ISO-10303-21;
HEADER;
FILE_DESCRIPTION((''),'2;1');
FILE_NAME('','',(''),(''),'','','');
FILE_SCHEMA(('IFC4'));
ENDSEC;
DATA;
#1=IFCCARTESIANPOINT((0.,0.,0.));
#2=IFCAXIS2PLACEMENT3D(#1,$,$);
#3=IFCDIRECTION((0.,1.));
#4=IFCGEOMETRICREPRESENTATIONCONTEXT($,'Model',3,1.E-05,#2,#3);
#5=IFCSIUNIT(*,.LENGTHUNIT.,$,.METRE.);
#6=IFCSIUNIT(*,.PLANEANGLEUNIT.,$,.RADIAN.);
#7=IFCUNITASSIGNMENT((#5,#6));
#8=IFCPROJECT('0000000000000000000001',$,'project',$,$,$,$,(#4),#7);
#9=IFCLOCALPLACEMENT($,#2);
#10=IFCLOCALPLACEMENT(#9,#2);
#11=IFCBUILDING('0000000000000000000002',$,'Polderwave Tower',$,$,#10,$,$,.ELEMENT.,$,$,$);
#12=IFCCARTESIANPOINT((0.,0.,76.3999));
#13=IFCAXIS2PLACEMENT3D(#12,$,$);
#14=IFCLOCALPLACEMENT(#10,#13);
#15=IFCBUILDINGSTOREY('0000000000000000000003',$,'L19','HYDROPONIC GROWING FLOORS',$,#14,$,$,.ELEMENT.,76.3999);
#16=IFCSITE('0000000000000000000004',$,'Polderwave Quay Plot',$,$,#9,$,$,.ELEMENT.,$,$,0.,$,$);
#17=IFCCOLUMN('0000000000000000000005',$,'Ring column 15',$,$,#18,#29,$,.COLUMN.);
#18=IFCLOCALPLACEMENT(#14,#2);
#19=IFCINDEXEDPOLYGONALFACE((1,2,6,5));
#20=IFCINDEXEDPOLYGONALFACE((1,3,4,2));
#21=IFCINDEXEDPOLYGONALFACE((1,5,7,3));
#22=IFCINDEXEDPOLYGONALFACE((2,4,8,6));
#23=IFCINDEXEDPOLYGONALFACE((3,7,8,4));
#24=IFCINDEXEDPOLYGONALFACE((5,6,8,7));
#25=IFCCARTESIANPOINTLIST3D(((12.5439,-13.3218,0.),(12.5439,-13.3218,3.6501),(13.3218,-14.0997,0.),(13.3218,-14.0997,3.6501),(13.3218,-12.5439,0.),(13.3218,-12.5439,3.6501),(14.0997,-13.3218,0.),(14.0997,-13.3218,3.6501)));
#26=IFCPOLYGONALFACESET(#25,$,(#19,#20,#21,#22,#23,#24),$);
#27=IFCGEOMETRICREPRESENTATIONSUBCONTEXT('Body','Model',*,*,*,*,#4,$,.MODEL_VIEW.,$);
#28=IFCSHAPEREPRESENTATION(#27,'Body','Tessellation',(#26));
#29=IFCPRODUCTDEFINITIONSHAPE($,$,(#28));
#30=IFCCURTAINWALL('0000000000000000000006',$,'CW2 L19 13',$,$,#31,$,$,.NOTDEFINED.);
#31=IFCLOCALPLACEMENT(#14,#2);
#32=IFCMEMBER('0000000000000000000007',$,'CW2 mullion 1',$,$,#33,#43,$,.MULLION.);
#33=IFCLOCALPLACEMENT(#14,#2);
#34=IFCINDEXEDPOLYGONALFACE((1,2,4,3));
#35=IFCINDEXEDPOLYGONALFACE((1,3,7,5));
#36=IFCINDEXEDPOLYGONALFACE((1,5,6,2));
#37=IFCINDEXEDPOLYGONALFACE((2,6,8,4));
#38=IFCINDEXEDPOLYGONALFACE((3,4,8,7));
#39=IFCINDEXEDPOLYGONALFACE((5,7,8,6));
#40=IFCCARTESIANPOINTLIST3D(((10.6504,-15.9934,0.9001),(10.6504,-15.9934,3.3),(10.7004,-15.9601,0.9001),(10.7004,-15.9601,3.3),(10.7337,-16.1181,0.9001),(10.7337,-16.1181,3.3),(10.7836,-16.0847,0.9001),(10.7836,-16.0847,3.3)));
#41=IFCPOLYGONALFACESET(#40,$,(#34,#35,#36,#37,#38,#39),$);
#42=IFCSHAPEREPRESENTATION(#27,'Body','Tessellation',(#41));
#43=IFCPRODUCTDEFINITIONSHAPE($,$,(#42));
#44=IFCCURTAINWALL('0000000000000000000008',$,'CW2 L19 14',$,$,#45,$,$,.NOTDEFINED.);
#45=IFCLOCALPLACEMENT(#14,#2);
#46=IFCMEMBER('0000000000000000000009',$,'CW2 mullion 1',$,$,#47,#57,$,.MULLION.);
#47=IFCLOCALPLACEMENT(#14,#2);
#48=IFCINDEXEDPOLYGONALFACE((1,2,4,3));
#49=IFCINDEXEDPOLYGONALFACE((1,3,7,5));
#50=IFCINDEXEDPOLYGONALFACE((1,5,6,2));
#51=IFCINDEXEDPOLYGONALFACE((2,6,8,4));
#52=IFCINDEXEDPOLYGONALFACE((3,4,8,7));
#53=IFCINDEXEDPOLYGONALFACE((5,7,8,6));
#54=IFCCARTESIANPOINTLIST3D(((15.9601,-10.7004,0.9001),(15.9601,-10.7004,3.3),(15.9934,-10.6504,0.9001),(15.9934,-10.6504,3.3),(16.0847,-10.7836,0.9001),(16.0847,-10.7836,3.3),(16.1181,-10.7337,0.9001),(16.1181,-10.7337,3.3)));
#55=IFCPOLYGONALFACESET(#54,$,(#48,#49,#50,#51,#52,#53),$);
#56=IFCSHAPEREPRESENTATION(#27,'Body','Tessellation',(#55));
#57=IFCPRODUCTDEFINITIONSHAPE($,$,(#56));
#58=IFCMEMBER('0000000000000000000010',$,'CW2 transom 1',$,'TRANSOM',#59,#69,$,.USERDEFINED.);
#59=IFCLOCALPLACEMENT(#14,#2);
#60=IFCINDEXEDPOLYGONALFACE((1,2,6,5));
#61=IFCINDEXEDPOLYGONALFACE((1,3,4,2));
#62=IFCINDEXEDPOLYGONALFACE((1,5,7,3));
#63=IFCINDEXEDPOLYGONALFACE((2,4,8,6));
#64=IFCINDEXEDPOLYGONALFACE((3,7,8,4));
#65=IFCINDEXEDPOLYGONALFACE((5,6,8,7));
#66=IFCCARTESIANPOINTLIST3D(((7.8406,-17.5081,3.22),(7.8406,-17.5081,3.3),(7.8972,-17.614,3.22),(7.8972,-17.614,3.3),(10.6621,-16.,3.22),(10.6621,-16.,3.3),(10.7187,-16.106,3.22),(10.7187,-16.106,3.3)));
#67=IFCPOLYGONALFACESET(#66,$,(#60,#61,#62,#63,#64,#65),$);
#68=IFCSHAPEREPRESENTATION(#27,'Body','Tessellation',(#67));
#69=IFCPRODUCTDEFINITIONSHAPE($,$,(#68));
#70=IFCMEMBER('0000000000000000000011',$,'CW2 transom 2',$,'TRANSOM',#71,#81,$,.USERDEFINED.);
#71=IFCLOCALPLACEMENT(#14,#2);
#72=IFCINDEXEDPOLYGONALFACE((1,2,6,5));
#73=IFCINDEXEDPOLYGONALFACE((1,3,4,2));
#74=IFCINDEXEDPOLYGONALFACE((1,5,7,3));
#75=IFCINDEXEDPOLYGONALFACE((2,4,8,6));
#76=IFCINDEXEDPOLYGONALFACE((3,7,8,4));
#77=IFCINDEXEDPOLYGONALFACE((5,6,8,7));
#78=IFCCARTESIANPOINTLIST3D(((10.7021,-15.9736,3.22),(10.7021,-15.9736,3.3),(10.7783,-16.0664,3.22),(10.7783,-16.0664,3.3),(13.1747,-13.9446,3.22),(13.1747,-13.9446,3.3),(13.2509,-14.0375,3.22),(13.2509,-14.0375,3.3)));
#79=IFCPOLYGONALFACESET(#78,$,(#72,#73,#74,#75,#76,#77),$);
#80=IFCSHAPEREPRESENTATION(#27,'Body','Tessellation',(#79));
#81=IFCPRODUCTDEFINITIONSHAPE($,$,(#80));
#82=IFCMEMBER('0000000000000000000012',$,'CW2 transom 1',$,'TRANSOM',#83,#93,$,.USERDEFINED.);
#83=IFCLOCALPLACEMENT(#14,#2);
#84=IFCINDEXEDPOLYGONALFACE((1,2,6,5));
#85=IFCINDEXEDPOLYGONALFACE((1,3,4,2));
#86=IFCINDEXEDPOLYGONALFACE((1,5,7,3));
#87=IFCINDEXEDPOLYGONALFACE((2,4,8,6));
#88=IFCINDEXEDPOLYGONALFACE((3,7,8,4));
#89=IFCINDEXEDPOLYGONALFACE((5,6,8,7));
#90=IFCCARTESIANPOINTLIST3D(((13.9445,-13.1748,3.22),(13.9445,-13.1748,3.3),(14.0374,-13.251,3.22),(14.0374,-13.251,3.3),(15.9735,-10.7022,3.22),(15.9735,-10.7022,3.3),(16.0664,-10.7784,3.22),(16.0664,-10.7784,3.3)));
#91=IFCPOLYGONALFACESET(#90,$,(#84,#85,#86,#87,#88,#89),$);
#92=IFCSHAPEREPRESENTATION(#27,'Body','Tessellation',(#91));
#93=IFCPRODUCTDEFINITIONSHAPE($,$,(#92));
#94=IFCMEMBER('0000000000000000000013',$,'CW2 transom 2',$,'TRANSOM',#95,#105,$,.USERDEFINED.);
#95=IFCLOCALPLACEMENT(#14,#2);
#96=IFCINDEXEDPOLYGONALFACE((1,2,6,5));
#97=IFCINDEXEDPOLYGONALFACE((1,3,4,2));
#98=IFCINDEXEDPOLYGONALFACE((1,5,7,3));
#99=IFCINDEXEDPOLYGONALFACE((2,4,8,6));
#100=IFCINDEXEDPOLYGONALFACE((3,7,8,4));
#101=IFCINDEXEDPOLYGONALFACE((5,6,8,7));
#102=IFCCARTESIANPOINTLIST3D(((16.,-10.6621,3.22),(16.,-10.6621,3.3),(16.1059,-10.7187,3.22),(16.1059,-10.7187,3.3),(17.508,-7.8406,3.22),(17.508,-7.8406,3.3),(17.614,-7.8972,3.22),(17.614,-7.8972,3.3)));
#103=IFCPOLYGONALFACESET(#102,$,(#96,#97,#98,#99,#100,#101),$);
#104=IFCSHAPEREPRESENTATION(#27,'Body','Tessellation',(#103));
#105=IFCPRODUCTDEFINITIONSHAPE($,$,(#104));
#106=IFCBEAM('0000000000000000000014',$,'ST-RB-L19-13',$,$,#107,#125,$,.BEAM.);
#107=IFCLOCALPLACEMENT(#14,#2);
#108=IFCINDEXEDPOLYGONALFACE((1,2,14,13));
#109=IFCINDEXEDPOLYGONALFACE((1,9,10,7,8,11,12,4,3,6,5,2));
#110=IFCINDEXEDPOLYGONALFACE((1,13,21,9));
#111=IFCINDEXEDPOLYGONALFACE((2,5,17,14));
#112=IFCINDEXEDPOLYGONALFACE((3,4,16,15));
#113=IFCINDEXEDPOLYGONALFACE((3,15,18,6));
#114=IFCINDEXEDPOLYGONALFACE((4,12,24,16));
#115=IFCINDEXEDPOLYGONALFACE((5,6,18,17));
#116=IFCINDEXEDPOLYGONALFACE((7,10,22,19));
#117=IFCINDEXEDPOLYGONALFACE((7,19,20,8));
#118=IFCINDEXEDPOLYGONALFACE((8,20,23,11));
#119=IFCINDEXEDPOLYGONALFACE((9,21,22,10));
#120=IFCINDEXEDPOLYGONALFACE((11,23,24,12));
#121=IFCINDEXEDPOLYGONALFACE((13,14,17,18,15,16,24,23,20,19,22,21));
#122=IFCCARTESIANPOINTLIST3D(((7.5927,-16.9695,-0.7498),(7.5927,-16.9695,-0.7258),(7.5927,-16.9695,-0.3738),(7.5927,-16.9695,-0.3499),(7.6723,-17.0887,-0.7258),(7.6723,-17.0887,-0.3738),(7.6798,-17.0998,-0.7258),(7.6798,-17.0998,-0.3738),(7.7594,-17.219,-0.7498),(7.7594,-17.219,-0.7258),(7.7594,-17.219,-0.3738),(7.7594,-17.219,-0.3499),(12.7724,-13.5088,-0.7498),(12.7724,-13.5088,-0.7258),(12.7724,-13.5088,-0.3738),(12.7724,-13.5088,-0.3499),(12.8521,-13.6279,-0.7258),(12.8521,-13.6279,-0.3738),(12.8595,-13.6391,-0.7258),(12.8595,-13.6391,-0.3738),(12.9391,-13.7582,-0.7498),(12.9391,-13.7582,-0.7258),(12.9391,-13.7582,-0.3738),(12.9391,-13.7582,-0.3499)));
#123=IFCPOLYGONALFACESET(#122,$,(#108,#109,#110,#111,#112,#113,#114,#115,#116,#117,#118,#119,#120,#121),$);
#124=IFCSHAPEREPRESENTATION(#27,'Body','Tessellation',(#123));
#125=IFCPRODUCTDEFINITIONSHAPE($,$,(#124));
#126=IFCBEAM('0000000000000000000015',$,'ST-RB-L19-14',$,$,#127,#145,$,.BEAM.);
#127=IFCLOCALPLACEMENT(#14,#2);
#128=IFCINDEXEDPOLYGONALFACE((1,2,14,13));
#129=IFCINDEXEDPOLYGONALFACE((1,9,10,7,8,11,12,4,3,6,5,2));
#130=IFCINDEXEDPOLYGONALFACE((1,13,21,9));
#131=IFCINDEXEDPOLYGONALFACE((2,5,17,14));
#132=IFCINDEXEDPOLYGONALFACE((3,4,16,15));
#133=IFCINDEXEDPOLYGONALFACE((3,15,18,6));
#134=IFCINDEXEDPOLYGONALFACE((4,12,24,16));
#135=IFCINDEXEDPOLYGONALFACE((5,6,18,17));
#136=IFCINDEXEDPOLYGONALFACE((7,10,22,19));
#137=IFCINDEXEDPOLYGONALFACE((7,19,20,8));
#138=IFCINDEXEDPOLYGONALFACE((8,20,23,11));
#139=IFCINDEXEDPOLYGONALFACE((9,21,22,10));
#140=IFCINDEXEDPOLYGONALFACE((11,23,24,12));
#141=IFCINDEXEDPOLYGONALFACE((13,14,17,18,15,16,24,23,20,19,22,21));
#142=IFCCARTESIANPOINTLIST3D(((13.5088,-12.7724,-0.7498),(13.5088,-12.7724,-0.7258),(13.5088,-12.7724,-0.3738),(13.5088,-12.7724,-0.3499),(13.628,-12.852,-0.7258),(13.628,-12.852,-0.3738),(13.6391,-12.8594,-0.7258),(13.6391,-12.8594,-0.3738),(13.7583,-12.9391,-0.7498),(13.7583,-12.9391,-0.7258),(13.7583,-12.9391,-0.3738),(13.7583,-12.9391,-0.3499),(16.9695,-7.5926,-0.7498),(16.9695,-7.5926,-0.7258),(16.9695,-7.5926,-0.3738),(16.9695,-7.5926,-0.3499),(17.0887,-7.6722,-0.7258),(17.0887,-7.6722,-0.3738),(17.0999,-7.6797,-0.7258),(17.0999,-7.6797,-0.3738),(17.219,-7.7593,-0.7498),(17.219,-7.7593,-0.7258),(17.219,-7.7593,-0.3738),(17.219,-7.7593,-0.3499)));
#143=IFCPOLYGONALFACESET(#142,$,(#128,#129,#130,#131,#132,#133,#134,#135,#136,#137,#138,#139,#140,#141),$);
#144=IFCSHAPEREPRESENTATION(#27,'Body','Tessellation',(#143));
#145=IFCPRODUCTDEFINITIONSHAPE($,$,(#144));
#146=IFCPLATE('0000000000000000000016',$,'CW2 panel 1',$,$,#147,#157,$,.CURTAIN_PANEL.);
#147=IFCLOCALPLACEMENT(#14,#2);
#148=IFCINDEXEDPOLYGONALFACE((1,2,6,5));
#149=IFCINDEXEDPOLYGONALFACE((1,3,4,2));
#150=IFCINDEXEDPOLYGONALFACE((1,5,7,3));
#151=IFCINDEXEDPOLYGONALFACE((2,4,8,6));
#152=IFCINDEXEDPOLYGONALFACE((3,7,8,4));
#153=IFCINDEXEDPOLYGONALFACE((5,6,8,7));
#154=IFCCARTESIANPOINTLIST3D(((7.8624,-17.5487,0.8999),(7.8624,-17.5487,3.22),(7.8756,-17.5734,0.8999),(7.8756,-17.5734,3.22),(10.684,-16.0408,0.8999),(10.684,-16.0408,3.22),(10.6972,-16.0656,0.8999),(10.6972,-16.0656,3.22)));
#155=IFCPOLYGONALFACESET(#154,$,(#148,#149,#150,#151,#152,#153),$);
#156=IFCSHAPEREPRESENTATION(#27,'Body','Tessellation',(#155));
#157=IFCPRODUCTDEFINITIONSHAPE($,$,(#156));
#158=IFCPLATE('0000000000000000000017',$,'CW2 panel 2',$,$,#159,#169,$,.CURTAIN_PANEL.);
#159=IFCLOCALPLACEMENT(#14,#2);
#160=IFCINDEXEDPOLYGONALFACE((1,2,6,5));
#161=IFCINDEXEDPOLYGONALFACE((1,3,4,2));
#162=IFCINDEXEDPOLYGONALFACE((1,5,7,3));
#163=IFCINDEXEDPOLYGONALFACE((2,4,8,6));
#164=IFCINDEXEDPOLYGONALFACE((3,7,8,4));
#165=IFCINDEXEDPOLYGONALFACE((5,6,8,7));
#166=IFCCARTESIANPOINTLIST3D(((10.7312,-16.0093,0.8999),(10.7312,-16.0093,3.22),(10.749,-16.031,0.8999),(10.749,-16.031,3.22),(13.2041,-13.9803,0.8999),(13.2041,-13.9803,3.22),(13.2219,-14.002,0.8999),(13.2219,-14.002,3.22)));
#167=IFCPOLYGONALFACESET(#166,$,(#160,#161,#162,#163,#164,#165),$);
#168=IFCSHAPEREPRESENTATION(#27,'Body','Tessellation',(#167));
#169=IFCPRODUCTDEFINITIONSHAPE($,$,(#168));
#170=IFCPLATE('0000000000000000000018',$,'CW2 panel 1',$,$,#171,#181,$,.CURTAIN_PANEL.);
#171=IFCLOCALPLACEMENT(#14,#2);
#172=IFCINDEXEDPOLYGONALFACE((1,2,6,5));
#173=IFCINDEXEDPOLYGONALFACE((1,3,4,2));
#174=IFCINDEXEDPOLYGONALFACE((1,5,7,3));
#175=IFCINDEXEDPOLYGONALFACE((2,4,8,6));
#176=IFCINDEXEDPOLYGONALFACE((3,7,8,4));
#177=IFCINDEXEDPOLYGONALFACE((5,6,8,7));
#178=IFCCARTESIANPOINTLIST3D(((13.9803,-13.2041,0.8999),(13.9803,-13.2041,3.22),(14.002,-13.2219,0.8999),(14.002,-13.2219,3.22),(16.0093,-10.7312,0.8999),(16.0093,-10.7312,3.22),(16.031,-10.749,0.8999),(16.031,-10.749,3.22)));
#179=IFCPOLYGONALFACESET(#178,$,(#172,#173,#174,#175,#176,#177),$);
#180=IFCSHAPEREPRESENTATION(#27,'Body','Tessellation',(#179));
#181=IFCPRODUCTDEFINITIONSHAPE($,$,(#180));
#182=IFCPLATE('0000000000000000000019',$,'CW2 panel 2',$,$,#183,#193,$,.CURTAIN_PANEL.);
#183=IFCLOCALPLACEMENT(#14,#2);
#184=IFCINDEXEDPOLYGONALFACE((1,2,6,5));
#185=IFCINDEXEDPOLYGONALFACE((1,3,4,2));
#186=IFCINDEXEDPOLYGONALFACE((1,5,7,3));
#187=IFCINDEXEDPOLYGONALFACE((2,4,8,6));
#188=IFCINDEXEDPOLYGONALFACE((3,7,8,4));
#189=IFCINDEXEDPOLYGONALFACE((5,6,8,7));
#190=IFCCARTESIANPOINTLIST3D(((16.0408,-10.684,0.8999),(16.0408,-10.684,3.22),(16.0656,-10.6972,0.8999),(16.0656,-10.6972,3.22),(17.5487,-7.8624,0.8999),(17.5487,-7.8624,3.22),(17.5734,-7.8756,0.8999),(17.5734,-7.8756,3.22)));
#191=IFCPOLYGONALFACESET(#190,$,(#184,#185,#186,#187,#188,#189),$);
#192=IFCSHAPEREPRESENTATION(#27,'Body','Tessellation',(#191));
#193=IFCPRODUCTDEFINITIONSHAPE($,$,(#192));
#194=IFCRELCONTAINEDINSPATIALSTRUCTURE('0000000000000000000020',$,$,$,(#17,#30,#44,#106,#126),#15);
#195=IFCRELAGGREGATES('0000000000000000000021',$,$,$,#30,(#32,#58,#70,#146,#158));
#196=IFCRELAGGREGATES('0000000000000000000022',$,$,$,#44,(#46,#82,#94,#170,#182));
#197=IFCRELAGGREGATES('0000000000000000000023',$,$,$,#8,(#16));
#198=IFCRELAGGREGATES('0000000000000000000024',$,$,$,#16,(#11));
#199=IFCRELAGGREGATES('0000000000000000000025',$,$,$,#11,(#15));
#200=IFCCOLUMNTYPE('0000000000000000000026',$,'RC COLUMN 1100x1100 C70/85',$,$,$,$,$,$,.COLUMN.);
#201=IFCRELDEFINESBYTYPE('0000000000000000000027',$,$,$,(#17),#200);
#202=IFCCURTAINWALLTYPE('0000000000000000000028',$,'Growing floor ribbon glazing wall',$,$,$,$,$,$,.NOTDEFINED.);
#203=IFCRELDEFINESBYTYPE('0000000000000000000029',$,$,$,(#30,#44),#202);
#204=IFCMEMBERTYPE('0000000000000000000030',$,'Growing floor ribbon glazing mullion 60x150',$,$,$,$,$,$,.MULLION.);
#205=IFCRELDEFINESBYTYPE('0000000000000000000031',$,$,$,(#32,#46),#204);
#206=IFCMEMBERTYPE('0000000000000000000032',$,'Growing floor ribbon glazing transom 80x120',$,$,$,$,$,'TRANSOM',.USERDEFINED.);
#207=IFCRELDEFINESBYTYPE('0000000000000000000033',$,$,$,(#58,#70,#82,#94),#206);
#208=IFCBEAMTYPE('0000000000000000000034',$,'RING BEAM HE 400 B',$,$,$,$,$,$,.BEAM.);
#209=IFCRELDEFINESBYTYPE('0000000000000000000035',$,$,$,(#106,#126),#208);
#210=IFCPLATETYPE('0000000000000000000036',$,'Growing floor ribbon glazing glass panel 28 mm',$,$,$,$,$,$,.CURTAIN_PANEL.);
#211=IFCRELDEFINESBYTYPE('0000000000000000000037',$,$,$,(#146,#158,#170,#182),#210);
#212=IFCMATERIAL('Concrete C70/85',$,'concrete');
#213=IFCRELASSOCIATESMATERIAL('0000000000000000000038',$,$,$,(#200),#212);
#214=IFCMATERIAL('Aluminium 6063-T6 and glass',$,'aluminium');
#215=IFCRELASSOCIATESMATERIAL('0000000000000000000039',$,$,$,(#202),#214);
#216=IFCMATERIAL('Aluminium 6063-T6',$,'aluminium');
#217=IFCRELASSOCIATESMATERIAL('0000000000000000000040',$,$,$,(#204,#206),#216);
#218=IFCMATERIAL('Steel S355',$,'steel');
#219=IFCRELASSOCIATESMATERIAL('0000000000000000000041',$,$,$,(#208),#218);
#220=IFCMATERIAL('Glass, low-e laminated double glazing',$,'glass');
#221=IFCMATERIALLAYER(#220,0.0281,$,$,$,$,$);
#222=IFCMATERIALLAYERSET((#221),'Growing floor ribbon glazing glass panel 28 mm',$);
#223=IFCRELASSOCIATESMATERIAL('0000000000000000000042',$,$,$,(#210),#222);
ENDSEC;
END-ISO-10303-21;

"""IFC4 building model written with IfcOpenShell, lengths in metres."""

from ifc_helpers import new_model, si_unit, direction, frame, origin, origin_2d, place, context, subcontext, project, spatial, rectangle, i_section, extrude, material, layer, layer_set, material_profile, profile_set, type_object, element, aggregate, save


model = new_model("IFC4")

# Units and contexts
model_context = context("Model", 3, precision=1e-05, world=origin(), true_north=direction((0.0, 1.0)))
body_context = subcontext(model_context, "Body", "Model", "MODEL_VIEW")
ifc_project = project(units=[si_unit("LENGTHUNIT", "METRE"), si_unit("PLANEANGLEUNIT", "RADIAN")], contexts=[model_context])

# Site, building, storey
site_placement = place(None, origin())
site = spatial("IfcSite", under=ifc_project, at=site_placement, Name="Polderwave Quay Plot", CompositionType="ELEMENT", RefElevation=0.0)
building_placement = place(site_placement, origin())
building = spatial("IfcBuilding", under=site, at=building_placement, Name="Polderwave Tower", CompositionType="ELEMENT")
storey_placement = place(building_placement, frame((0.0, 0.0, 76.3999)))
storey = spatial("IfcBuildingStorey", under=building, at=storey_placement, Name="L19", Description="HYDROPONIC GROWING FLOORS", CompositionType="ELEMENT", Elevation=76.3999)

# Column
ifc_material_1 = material(Name="Concrete C70/85", Category="concrete")
ifc_material_profile_1 = material_profile(ifc_material_1, rectangle(XDim=1.1001, YDim=1.1001, at=origin_2d()), Name="RC 1100x1100")
ifc_profile_set_1 = profile_set([ifc_material_profile_1], Name="Concrete C70/85")
column_type = type_object("IfcColumnType", Name="RC COLUMN 1100x1100 C70/85", PredefinedType="COLUMN", material=ifc_profile_set_1)
column_placement = place(storey_placement, frame((13.3218, -13.3218, 0.0), z_axis=(0.0, 0.0, 1.0), x_axis=(0.707107, -0.707107, 0.0)))
element("IfcColumn", 1, at=column_placement, inside=storey, type_object=column_type, Name="Ring column 15", PredefinedType="COLUMN", context=body_context, shape_type="SweptSolid", body=[
    extrude(rectangle(XDim=1.1001, YDim=1.1001, at=origin_2d()), origin(), (0.0, 0.0, 1.0), 3.6501),
])

# Curtain walls, members
ifc_material_2 = material(Name="Aluminium 6063-T6 and glass", Category="aluminium")
curtain_wall_type = type_object("IfcCurtainWallType", Name="Growing floor ribbon glazing wall", PredefinedType="NOTDEFINED", material=ifc_material_2)
curtain_wall_1_placement = place(storey_placement, origin())
curtain_wall_1 = element("IfcCurtainWall", 2, at=curtain_wall_1_placement, inside=storey, type_object=curtain_wall_type, Name="CW2 L19 13", PredefinedType="NOTDEFINED")
ifc_material_3 = material(Name="Aluminium 6063-T6", Category="aluminium")
ifc_material_profile_2 = material_profile(ifc_material_3, rectangle(XDim=0.1499, YDim=0.0601, at=origin_2d()), Name="AL 60x150")
ifc_profile_set_2 = profile_set([ifc_material_profile_2], Name="Aluminium 6063-T6")
member_type_1 = type_object("IfcMemberType", Name="Growing floor ribbon glazing mullion 60x150", PredefinedType="MULLION", material=ifc_profile_set_2)
member_1_placement = place(storey_placement, frame((10.717, -16.0391, 0.9001), z_axis=(0.0, 0.0, 1.0), x_axis=(-0.555496, 0.831519, 0.0)))
member_1 = element("IfcMember", 3, at=member_1_placement, type_object=member_type_1, Name="CW2 mullion 1", PredefinedType="MULLION", context=body_context, shape_type="SweptSolid", body=[
    extrude(rectangle(XDim=0.1499, YDim=0.0601, at=origin_2d()), origin(), (0.0, 0.0, 1.0), 2.3999),
])
curtain_wall_2_placement = place(storey_placement, origin())
curtain_wall_2 = element("IfcCurtainWall", 4, at=curtain_wall_2_placement, inside=storey, type_object=curtain_wall_type, Name="CW2 L19 14", PredefinedType="NOTDEFINED")
member_2_placement = place(storey_placement, frame((16.0391, -10.717, 0.9001), z_axis=(0.0, 0.0, 1.0), x_axis=(-0.831519, 0.555496, 0.0)))
member_2 = element("IfcMember", 5, at=member_2_placement, type_object=member_type_1, Name="CW2 mullion 1", PredefinedType="MULLION", context=body_context, shape_type="SweptSolid", body=[
    extrude(rectangle(XDim=0.1499, YDim=0.0601, at=origin_2d()), origin(), (0.0, 0.0, 1.0), 2.3999),
])

# Members
ifc_material_profile_3 = material_profile(ifc_material_3, rectangle(XDim=0.1201, YDim=0.0801, at=origin_2d()), Name="AL 80x120")
ifc_profile_set_3 = profile_set([ifc_material_profile_3], Name="Aluminium 6063-T6")
member_type_2 = type_object("IfcMemberType", Name="Growing floor ribbon glazing transom 80x120", ElementType="TRANSOM", PredefinedType="USERDEFINED", material=ifc_profile_set_3)
member_3_placement = place(storey_placement, frame((7.8689, -17.561, 3.26), z_axis=(0.881932, 0.471376, 0.0), x_axis=(-0.471376, 0.881932, 0.0)))
member_3 = element("IfcMember", 6, at=member_3_placement, type_object=member_type_2, Name="CW2 transom 1", ObjectType="TRANSOM", PredefinedType="USERDEFINED", context=body_context, shape_type="SweptSolid", body=[
    extrude(rectangle(XDim=0.1201, YDim=0.0801, at=origin_2d()), origin(), (0.0, 0.0, 1.0), 3.1992),
])
member_4_placement = place(storey_placement, frame((10.7402, -16.02, 3.26), z_axis=(0.773042, 0.634355, 0.0), x_axis=(-0.634355, 0.773042, 0.0)))
member_4 = element("IfcMember", 7, at=member_4_placement, type_object=member_type_2, Name="CW2 transom 2", ObjectType="TRANSOM", PredefinedType="USERDEFINED", context=body_context, shape_type="SweptSolid", body=[
    extrude(rectangle(XDim=0.1201, YDim=0.0801, at=origin_2d()), origin(), (0.0, 0.0, 1.0), 3.1985),
])
member_5_placement = place(storey_placement, frame((13.991, -13.2129, 3.26), z_axis=(0.634355, 0.773042, 0.0), x_axis=(-0.773042, 0.634355, 0.0)))
member_5 = element("IfcMember", 8, at=member_5_placement, type_object=member_type_2, Name="CW2 transom 1", ObjectType="TRANSOM", PredefinedType="USERDEFINED", context=body_context, shape_type="SweptSolid", body=[
    extrude(rectangle(XDim=0.1201, YDim=0.0801, at=origin_2d()), origin(), (0.0, 0.0, 1.0), 3.1985),
])
member_6_placement = place(storey_placement, frame((16.053, -10.6904, 3.26), z_axis=(0.471376, 0.881932, 0.0), x_axis=(-0.881932, 0.471376, 0.0)))
member_6 = element("IfcMember", 9, at=member_6_placement, type_object=member_type_2, Name="CW2 transom 2", ObjectType="TRANSOM", PredefinedType="USERDEFINED", context=body_context, shape_type="SweptSolid", body=[
    extrude(rectangle(XDim=0.1201, YDim=0.0801, at=origin_2d()), origin(), (0.0, 0.0, 1.0), 3.1992),
])

# Beams
ifc_material_4 = material(Name="Steel S355", Category="steel")
ifc_material_profile_4 = material_profile(ifc_material_4, i_section(OverallWidth=0.3, OverallDepth=0.3999, WebThickness=0.0134, FlangeThickness=0.0239, at=origin_2d()), Name="HE 400 B")
ifc_profile_set_4 = profile_set([ifc_material_profile_4], Name="Steel S355")
beam_type = type_object("IfcBeamType", Name="RING BEAM HE 400 B", PredefinedType="BEAM", material=ifc_profile_set_4)
for number, where, z_axis, x_axis, name in (
    (10, (7.676, -17.0942, -0.5498), (0.831489, 0.555541, 0.0), (-0.555541, 0.831489, 0.0), "ST-RB-L19-13"),
    (11, (13.6335, -12.8557, -0.5498), (0.555541, 0.831489, 0.0), (-0.831489, 0.555541, 0.0), "ST-RB-L19-14"),
):
    element("IfcBeam", number, at=place(storey_placement, frame(where, z_axis=z_axis, x_axis=x_axis)), inside=storey, type_object=beam_type, Name=name, PredefinedType="BEAM", context=body_context, shape_type="SweptSolid", body=[
        extrude(i_section(OverallWidth=0.3, OverallDepth=0.3999, WebThickness=0.0134, FlangeThickness=0.0239, at=origin_2d()), origin(), (0.0, 0.0, 1.0), 6.2295),
    ])

# Plates
ifc_material_5 = material(Name="Glass, low-e laminated double glazing", Category="glass")
ifc_layer_1 = layer(ifc_material_5, 0.0281)
ifc_layer_set_1 = layer_set([ifc_layer_1], Name="Growing floor ribbon glazing glass panel 28 mm")
plate_type = type_object("IfcPlateType", Name="Growing floor ribbon glazing glass panel 28 mm", PredefinedType="CURTAIN_PANEL", material=ifc_layer_set_1)
plate_1_placement = place(storey_placement, frame((9.2798, -16.8071, 0.8999), z_axis=(0.0, 0.0, 1.0), x_axis=(0.881958, 0.471327, 0.0)))
plate_1 = element("IfcPlate", 12, at=plate_1_placement, type_object=plate_type, Name="CW2 panel 1", PredefinedType="CURTAIN_PANEL", context=body_context, shape_type="SweptSolid", body=[
    extrude(rectangle(XDim=3.1992, YDim=0.0281, at=origin_2d()), origin(), (0.0, 0.0, 1.0), 2.3201),
])
plate_2_placement = place(storey_placement, frame((11.9766, -15.0056, 0.8999), z_axis=(0.0, 0.0, 1.0), x_axis=(0.773074, 0.634316, 0.0)))
plate_2 = element("IfcPlate", 13, at=plate_2_placement, type_object=plate_type, Name="CW2 panel 2", PredefinedType="CURTAIN_PANEL", context=body_context, shape_type="SweptSolid", body=[
    extrude(rectangle(XDim=3.1987, YDim=0.0281, at=origin_2d()), origin(), (0.0, 0.0, 1.0), 2.3201),
])
aggregate(curtain_wall_1, [member_1, member_3, member_4, plate_1, plate_2])
plate_3_placement = place(storey_placement, frame((15.0056, -11.9766, 0.8999), z_axis=(0.0, 0.0, 1.0), x_axis=(0.634316, 0.773074, 0.0)))
plate_3 = element("IfcPlate", 14, at=plate_3_placement, type_object=plate_type, Name="CW2 panel 1", PredefinedType="CURTAIN_PANEL", context=body_context, shape_type="SweptSolid", body=[
    extrude(rectangle(XDim=3.1987, YDim=0.0281, at=origin_2d()), origin(), (0.0, 0.0, 1.0), 2.3201),
])
plate_4_placement = place(storey_placement, frame((16.8071, -9.2798, 0.8999), z_axis=(0.0, 0.0, 1.0), x_axis=(0.471327, 0.881958, 0.0)))
plate_4 = element("IfcPlate", 15, at=plate_4_placement, type_object=plate_type, Name="CW2 panel 2", PredefinedType="CURTAIN_PANEL", context=body_context, shape_type="SweptSolid", body=[
    extrude(rectangle(XDim=3.1992, YDim=0.0281, at=origin_2d()), origin(), (0.0, 0.0, 1.0), 2.3201),
])
aggregate(curtain_wall_2, [member_2, member_5, member_6, plate_3, plate_4])

save(model, "model.ifc")
